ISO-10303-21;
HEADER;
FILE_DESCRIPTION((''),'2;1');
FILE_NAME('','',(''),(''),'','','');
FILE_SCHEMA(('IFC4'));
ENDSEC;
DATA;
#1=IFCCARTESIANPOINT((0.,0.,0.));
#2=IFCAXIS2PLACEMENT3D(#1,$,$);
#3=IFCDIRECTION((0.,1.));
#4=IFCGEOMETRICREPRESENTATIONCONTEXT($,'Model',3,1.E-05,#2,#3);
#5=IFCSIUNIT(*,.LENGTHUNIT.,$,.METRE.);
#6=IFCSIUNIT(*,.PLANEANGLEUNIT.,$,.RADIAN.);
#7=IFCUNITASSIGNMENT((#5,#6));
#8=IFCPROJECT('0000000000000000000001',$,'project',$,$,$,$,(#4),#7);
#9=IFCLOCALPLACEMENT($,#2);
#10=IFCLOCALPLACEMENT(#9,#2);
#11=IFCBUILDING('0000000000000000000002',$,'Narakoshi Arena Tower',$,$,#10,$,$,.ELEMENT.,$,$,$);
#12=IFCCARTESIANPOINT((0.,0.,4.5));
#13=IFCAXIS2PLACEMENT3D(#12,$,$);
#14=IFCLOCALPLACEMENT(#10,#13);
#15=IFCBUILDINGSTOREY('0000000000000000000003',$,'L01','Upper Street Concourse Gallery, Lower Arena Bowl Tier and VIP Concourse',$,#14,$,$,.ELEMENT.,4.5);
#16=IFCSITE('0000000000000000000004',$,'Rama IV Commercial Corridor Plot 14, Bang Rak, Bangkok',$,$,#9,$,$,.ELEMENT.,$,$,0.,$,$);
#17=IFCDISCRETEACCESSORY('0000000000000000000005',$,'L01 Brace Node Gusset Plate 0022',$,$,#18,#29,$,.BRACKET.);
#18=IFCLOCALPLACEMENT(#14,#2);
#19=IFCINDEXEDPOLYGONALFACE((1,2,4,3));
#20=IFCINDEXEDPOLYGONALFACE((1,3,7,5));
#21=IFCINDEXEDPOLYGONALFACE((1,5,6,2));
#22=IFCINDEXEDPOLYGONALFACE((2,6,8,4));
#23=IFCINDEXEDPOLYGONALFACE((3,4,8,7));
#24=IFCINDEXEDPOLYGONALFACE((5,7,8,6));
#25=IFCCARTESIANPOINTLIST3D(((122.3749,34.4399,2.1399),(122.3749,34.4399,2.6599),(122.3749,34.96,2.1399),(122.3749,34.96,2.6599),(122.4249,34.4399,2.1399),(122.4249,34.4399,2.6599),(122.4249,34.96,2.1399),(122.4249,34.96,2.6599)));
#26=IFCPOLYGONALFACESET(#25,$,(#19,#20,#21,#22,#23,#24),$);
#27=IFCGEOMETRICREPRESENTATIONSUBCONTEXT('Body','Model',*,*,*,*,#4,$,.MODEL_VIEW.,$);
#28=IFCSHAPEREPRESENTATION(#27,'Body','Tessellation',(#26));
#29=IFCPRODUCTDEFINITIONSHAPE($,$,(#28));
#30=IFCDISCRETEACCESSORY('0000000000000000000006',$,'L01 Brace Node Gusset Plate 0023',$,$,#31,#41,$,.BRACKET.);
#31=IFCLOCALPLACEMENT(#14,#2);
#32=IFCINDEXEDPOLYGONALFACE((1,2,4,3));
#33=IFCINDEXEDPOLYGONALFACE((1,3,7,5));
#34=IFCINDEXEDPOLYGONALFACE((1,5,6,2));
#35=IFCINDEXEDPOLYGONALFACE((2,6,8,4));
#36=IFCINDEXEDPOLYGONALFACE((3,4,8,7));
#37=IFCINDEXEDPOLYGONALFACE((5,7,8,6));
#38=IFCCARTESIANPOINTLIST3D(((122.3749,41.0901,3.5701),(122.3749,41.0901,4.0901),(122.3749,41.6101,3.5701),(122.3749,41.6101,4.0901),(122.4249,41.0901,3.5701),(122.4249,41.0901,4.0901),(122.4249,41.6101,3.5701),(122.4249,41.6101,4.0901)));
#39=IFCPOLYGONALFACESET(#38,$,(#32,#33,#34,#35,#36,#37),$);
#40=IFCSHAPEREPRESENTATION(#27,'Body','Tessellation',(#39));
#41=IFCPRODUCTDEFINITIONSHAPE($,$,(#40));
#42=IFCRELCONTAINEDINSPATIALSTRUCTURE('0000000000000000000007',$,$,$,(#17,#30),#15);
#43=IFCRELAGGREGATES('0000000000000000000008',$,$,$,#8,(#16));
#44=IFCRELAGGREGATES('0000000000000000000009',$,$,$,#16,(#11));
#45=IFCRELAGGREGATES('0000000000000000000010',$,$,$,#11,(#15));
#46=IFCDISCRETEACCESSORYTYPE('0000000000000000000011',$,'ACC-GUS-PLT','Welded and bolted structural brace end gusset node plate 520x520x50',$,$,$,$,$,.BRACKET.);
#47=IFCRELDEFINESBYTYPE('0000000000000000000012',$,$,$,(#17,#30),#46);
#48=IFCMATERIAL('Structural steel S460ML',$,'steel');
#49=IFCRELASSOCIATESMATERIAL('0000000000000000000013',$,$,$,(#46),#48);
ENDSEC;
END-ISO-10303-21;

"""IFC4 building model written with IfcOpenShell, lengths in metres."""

from ifc_helpers import new_model, si_unit, direction, frame, origin, origin_2d, place, context, subcontext, project, spatial, rectangle, extrude, material, type_object, element, save


model = new_model("IFC4")

# Units and contexts
model_context = context("Model", 3, precision=1e-05, world=origin(), true_north=direction((0.0, 1.0)))
body_context = subcontext(model_context, "Body", "Model", "MODEL_VIEW")
ifc_project = project(units=[si_unit("LENGTHUNIT", "METRE"), si_unit("PLANEANGLEUNIT", "RADIAN")], contexts=[model_context])

# Site, building, storey
site_placement = place(None, origin())
site = spatial("IfcSite", under=ifc_project, at=site_placement, Name="Rama IV Commercial Corridor Plot 14, Bang Rak, Bangkok", CompositionType="ELEMENT", RefElevation=0.0)
building_placement = place(site_placement, origin())
building = spatial("IfcBuilding", under=site, at=building_placement, Name="Narakoshi Arena Tower", CompositionType="ELEMENT")
storey_placement = place(building_placement, frame((0.0, 0.0, 4.5)))
storey = spatial("IfcBuildingStorey", under=building, at=storey_placement, Name="L01", Description="Upper Street Concourse Gallery, Lower Arena Bowl Tier and VIP Concourse", CompositionType="ELEMENT", Elevation=4.5)

# Discrete accessories
ifc_material_1 = material(Name="Structural steel S460ML", Category="steel")
discrete_accessory_type = type_object("IfcDiscreteAccessoryType", Name="ACC-GUS-PLT", Description="Welded and bolted structural brace end gusset node plate 520x520x50", PredefinedType="BRACKET", material=ifc_material_1)
for number, where, z_axis, x_axis, name in (
    (1, (122.3999, 34.7, 2.1399), (0.0, 0.0, 1.0), (0.0, 1.0, 0.0), "L01 Brace Node Gusset Plate 0022"),
    (2, (122.3999, 41.3501, 3.5701), (0.0, 0.0, 1.0), (0.0, 1.0, 0.0), "L01 Brace Node Gusset Plate 0023"),
):
    element("IfcDiscreteAccessory", number, at=place(storey_placement, frame(where, z_axis=z_axis, x_axis=x_axis)), inside=storey, type_object=discrete_accessory_type, Name=name, PredefinedType="BRACKET", context=body_context, shape_type="SweptSolid", body=[
        extrude(rectangle(XDim=0.52, YDim=0.05, at=origin_2d()), origin(), (0.0, 0.0, 1.0), 0.52),
    ])

save(model, "model.ifc")
